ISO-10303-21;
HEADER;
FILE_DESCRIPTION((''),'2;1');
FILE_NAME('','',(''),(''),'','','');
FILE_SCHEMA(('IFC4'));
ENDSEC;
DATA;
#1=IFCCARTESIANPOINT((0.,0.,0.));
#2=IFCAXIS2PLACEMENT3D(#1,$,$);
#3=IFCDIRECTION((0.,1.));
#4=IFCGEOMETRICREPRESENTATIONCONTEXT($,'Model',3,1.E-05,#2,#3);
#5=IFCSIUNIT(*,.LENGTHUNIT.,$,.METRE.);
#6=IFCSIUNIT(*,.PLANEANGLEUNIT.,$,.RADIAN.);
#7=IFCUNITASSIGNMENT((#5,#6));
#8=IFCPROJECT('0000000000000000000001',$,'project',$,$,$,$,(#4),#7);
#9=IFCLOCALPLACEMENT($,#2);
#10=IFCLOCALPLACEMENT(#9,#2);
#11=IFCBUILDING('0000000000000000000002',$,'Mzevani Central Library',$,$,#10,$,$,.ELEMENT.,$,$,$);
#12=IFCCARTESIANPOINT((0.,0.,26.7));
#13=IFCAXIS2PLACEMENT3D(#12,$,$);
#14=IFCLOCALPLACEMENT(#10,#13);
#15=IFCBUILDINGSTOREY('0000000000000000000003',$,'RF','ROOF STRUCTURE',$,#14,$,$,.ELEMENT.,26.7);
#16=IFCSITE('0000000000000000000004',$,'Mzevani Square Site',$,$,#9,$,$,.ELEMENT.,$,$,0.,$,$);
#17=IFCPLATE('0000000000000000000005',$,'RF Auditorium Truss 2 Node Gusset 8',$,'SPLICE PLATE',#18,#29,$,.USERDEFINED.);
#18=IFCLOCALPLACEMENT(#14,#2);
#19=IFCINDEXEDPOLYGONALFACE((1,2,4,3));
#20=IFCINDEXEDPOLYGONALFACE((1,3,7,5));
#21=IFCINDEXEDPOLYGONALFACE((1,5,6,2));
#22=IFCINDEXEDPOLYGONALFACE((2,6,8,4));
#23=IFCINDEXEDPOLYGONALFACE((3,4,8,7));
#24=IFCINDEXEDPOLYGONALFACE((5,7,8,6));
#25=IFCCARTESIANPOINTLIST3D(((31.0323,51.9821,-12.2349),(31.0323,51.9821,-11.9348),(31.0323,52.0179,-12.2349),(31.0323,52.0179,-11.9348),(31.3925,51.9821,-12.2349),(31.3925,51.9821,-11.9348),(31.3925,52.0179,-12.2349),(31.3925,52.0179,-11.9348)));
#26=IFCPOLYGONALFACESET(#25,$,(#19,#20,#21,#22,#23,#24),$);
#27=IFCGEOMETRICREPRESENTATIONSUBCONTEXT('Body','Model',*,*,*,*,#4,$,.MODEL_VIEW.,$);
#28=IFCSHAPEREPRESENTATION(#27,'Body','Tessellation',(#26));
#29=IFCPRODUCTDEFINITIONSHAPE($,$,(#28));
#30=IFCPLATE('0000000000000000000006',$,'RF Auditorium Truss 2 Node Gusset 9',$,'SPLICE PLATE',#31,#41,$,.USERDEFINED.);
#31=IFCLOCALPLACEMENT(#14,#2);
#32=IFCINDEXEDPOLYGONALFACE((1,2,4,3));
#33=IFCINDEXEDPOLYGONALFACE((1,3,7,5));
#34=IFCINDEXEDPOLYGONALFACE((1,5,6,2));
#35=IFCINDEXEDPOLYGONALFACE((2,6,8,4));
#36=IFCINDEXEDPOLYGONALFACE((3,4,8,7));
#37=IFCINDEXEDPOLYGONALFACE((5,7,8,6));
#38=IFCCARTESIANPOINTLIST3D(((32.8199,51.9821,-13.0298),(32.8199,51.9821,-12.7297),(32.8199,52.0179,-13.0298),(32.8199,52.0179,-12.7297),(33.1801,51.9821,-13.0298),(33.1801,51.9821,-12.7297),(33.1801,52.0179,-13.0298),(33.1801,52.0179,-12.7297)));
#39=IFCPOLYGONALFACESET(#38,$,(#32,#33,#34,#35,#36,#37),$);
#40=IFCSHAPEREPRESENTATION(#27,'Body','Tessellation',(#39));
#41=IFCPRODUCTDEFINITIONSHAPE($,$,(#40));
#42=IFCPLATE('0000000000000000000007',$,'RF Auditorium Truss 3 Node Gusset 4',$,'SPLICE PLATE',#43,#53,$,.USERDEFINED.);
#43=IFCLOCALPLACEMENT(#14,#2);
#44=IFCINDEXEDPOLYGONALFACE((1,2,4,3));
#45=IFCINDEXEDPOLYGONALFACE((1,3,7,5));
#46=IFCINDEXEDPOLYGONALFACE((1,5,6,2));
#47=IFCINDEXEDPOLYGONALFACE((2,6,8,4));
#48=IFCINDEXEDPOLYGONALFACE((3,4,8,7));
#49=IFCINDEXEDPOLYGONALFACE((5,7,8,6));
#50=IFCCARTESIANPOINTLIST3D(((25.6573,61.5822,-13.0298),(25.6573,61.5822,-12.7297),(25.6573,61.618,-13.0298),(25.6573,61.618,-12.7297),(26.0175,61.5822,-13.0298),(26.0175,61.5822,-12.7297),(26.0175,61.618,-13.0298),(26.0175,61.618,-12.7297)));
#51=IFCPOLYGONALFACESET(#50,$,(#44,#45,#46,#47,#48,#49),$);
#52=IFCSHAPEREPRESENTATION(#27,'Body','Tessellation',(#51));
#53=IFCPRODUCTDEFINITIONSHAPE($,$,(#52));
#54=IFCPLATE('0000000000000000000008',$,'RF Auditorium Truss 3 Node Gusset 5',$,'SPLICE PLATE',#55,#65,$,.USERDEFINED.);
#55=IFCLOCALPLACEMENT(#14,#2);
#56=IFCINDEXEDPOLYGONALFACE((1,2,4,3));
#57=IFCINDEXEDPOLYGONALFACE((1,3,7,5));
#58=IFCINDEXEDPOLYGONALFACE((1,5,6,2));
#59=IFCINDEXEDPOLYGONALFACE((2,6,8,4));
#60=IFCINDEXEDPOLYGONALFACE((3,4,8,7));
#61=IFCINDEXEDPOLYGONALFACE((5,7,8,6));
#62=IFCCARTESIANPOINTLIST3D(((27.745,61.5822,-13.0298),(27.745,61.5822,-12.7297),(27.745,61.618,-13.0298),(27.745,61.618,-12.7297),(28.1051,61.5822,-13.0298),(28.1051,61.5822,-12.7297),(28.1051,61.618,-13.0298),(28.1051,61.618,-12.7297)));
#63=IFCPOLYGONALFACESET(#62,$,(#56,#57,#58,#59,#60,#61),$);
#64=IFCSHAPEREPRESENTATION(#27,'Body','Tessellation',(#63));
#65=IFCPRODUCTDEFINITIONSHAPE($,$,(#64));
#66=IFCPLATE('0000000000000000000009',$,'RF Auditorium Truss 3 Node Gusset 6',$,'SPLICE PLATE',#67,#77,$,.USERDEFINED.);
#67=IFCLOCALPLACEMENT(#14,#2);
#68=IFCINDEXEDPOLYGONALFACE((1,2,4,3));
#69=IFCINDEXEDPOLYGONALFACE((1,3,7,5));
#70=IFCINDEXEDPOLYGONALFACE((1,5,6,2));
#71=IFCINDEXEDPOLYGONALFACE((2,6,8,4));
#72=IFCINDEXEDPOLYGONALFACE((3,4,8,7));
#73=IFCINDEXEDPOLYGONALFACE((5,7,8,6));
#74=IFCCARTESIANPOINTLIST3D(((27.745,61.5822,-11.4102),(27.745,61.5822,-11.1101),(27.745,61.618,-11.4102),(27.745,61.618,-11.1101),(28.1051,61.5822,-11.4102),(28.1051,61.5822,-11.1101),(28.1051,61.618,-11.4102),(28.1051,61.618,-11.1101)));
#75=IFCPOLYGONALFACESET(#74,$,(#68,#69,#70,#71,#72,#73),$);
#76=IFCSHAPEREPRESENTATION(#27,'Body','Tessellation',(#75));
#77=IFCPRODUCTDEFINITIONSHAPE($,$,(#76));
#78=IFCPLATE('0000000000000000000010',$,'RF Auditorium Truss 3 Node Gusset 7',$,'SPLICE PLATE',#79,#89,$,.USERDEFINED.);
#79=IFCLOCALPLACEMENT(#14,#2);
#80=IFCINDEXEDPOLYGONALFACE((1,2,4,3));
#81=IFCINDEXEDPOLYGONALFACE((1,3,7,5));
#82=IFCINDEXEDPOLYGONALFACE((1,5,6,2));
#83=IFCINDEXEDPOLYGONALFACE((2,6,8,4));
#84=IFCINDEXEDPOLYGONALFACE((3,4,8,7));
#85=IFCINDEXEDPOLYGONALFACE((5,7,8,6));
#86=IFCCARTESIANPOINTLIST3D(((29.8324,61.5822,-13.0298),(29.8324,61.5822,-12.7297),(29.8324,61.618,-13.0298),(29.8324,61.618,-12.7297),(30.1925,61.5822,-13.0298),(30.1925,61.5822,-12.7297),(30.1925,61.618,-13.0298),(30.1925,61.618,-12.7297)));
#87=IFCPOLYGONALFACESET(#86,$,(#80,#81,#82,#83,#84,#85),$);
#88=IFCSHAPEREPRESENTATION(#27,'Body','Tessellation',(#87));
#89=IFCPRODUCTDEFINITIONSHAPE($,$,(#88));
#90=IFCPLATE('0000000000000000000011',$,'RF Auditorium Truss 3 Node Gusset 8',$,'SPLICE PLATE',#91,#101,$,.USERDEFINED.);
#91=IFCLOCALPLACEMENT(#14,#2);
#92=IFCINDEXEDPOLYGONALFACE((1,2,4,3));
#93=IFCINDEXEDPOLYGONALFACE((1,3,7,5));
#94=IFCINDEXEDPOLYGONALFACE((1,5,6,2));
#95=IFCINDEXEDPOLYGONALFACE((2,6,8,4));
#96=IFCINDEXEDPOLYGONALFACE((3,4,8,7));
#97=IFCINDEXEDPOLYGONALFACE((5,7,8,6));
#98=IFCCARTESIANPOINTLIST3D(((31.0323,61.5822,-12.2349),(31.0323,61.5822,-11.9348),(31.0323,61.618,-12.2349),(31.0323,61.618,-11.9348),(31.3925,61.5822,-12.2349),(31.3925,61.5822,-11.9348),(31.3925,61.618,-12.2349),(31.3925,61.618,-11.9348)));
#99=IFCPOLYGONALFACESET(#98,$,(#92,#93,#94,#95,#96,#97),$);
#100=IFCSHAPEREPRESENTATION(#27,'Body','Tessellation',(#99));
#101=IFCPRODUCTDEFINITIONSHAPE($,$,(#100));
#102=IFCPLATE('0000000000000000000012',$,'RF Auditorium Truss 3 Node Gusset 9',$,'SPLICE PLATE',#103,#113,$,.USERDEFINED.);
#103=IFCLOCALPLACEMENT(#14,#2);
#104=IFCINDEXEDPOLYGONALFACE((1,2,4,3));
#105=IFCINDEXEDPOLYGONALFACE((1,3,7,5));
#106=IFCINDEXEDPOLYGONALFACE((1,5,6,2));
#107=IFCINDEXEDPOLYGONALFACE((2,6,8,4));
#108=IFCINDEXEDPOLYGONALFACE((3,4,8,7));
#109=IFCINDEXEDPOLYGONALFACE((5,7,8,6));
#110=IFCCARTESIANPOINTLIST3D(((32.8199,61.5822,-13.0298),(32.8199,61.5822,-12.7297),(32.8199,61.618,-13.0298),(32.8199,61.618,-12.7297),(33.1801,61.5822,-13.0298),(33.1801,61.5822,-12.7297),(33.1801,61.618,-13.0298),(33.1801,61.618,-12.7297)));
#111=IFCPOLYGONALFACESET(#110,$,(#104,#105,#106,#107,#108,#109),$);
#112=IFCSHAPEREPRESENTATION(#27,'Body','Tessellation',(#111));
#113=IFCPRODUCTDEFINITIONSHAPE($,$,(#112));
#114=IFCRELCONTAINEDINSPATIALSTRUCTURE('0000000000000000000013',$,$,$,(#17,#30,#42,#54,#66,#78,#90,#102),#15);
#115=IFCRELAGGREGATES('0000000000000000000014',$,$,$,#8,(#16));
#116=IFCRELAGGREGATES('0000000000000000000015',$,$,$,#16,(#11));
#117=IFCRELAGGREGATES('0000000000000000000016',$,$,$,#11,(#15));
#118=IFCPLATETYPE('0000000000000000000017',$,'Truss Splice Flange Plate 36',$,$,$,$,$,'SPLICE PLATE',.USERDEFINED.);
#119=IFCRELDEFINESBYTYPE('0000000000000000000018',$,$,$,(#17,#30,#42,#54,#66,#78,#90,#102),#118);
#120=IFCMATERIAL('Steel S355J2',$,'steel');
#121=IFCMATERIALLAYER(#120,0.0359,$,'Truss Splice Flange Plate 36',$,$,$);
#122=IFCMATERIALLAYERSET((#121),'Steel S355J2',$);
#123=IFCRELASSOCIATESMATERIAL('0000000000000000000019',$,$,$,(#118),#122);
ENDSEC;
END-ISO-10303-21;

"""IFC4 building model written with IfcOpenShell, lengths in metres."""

from ifc_helpers import new_model, si_unit, direction, frame, origin, origin_2d, place, context, subcontext, project, spatial, rectangle, extrude, material, layer, layer_set, type_object, element, save


model = new_model("IFC4")

# Units and contexts
model_context = context("Model", 3, precision=1e-05, world=origin(), true_north=direction((0.0, 1.0)))
body_context = subcontext(model_context, "Body", "Model", "MODEL_VIEW")
ifc_project = project(units=[si_unit("LENGTHUNIT", "METRE"), si_unit("PLANEANGLEUNIT", "RADIAN")], contexts=[model_context])

# Site, building, storey
site_placement = place(None, origin())
site = spatial("IfcSite", under=ifc_project, at=site_placement, Name="Mzevani Square Site", CompositionType="ELEMENT", RefElevation=0.0)
building_placement = place(site_placement, origin())
building = spatial("IfcBuilding", under=site, at=building_placement, Name="Mzevani Central Library", CompositionType="ELEMENT")
storey_placement = place(building_placement, frame((0.0, 0.0, 26.7)))
storey = spatial("IfcBuildingStorey", under=building, at=storey_placement, Name="RF", Description="ROOF STRUCTURE", CompositionType="ELEMENT", Elevation=26.7)

# Shared definitions
ifc_material = material(Name="Steel S355J2", Category="steel")

# Plates
ifc_layer = layer(ifc_material, 0.0359, Name="Truss Splice Flange Plate 36")
ifc_layer_set = layer_set([ifc_layer], Name="Steel S355J2")
plate_type = type_object("IfcPlateType", Name="Truss Splice Flange Plate 36", ElementType="SPLICE PLATE", PredefinedType="USERDEFINED", material=ifc_layer_set)
for number, where, z_axis, x_axis, name in (
    (1, (31.2124, 52.0, -12.2349), (0.0, 0.0, 1.0), (1.0, 0.0, 0.0), "RF Auditorium Truss 2 Node Gusset 8"),
    (2, (33.0, 52.0, -13.0298), (0.0, 0.0, 1.0), (1.0, 0.0, 0.0), "RF Auditorium Truss 2 Node Gusset 9"),
    (3, (25.8374, 61.6001, -13.0298), (0.0, 0.0, 1.0), (1.0, 0.0, 0.0), "RF Auditorium Truss 3 Node Gusset 4"),
    (4, (27.925, 61.6001, -13.0298), (0.0, 0.0, 1.0), (1.0, 0.0, 0.0), "RF Auditorium Truss 3 Node Gusset 5"),
    (5, (27.925, 61.6001, -11.4102), (0.0, 0.0, 1.0), (1.0, 0.0, 0.0), "RF Auditorium Truss 3 Node Gusset 6"),
    (6, (30.0125, 61.6001, -13.0298), (0.0, 0.0, 1.0), (1.0, 0.0, 0.0), "RF Auditorium Truss 3 Node Gusset 7"),
    (7, (31.2124, 61.6001, -12.2349), (0.0, 0.0, 1.0), (1.0, 0.0, 0.0), "RF Auditorium Truss 3 Node Gusset 8"),
    (8, (33.0, 61.6001, -13.0298), (0.0, 0.0, 1.0), (1.0, 0.0, 0.0), "RF Auditorium Truss 3 Node Gusset 9"),
):
    element("IfcPlate", number, at=place(storey_placement, frame(where, z_axis=z_axis, x_axis=x_axis)), inside=storey, type_object=plate_type, Name=name, ObjectType="SPLICE PLATE", PredefinedType="USERDEFINED", context=body_context, shape_type="SweptSolid", body=[
        extrude(rectangle(XDim=0.3601, YDim=0.0359, at=origin_2d()), origin(), (0.0, 0.0, 1.0), 0.3),
    ])

save(model, "model.ifc")
